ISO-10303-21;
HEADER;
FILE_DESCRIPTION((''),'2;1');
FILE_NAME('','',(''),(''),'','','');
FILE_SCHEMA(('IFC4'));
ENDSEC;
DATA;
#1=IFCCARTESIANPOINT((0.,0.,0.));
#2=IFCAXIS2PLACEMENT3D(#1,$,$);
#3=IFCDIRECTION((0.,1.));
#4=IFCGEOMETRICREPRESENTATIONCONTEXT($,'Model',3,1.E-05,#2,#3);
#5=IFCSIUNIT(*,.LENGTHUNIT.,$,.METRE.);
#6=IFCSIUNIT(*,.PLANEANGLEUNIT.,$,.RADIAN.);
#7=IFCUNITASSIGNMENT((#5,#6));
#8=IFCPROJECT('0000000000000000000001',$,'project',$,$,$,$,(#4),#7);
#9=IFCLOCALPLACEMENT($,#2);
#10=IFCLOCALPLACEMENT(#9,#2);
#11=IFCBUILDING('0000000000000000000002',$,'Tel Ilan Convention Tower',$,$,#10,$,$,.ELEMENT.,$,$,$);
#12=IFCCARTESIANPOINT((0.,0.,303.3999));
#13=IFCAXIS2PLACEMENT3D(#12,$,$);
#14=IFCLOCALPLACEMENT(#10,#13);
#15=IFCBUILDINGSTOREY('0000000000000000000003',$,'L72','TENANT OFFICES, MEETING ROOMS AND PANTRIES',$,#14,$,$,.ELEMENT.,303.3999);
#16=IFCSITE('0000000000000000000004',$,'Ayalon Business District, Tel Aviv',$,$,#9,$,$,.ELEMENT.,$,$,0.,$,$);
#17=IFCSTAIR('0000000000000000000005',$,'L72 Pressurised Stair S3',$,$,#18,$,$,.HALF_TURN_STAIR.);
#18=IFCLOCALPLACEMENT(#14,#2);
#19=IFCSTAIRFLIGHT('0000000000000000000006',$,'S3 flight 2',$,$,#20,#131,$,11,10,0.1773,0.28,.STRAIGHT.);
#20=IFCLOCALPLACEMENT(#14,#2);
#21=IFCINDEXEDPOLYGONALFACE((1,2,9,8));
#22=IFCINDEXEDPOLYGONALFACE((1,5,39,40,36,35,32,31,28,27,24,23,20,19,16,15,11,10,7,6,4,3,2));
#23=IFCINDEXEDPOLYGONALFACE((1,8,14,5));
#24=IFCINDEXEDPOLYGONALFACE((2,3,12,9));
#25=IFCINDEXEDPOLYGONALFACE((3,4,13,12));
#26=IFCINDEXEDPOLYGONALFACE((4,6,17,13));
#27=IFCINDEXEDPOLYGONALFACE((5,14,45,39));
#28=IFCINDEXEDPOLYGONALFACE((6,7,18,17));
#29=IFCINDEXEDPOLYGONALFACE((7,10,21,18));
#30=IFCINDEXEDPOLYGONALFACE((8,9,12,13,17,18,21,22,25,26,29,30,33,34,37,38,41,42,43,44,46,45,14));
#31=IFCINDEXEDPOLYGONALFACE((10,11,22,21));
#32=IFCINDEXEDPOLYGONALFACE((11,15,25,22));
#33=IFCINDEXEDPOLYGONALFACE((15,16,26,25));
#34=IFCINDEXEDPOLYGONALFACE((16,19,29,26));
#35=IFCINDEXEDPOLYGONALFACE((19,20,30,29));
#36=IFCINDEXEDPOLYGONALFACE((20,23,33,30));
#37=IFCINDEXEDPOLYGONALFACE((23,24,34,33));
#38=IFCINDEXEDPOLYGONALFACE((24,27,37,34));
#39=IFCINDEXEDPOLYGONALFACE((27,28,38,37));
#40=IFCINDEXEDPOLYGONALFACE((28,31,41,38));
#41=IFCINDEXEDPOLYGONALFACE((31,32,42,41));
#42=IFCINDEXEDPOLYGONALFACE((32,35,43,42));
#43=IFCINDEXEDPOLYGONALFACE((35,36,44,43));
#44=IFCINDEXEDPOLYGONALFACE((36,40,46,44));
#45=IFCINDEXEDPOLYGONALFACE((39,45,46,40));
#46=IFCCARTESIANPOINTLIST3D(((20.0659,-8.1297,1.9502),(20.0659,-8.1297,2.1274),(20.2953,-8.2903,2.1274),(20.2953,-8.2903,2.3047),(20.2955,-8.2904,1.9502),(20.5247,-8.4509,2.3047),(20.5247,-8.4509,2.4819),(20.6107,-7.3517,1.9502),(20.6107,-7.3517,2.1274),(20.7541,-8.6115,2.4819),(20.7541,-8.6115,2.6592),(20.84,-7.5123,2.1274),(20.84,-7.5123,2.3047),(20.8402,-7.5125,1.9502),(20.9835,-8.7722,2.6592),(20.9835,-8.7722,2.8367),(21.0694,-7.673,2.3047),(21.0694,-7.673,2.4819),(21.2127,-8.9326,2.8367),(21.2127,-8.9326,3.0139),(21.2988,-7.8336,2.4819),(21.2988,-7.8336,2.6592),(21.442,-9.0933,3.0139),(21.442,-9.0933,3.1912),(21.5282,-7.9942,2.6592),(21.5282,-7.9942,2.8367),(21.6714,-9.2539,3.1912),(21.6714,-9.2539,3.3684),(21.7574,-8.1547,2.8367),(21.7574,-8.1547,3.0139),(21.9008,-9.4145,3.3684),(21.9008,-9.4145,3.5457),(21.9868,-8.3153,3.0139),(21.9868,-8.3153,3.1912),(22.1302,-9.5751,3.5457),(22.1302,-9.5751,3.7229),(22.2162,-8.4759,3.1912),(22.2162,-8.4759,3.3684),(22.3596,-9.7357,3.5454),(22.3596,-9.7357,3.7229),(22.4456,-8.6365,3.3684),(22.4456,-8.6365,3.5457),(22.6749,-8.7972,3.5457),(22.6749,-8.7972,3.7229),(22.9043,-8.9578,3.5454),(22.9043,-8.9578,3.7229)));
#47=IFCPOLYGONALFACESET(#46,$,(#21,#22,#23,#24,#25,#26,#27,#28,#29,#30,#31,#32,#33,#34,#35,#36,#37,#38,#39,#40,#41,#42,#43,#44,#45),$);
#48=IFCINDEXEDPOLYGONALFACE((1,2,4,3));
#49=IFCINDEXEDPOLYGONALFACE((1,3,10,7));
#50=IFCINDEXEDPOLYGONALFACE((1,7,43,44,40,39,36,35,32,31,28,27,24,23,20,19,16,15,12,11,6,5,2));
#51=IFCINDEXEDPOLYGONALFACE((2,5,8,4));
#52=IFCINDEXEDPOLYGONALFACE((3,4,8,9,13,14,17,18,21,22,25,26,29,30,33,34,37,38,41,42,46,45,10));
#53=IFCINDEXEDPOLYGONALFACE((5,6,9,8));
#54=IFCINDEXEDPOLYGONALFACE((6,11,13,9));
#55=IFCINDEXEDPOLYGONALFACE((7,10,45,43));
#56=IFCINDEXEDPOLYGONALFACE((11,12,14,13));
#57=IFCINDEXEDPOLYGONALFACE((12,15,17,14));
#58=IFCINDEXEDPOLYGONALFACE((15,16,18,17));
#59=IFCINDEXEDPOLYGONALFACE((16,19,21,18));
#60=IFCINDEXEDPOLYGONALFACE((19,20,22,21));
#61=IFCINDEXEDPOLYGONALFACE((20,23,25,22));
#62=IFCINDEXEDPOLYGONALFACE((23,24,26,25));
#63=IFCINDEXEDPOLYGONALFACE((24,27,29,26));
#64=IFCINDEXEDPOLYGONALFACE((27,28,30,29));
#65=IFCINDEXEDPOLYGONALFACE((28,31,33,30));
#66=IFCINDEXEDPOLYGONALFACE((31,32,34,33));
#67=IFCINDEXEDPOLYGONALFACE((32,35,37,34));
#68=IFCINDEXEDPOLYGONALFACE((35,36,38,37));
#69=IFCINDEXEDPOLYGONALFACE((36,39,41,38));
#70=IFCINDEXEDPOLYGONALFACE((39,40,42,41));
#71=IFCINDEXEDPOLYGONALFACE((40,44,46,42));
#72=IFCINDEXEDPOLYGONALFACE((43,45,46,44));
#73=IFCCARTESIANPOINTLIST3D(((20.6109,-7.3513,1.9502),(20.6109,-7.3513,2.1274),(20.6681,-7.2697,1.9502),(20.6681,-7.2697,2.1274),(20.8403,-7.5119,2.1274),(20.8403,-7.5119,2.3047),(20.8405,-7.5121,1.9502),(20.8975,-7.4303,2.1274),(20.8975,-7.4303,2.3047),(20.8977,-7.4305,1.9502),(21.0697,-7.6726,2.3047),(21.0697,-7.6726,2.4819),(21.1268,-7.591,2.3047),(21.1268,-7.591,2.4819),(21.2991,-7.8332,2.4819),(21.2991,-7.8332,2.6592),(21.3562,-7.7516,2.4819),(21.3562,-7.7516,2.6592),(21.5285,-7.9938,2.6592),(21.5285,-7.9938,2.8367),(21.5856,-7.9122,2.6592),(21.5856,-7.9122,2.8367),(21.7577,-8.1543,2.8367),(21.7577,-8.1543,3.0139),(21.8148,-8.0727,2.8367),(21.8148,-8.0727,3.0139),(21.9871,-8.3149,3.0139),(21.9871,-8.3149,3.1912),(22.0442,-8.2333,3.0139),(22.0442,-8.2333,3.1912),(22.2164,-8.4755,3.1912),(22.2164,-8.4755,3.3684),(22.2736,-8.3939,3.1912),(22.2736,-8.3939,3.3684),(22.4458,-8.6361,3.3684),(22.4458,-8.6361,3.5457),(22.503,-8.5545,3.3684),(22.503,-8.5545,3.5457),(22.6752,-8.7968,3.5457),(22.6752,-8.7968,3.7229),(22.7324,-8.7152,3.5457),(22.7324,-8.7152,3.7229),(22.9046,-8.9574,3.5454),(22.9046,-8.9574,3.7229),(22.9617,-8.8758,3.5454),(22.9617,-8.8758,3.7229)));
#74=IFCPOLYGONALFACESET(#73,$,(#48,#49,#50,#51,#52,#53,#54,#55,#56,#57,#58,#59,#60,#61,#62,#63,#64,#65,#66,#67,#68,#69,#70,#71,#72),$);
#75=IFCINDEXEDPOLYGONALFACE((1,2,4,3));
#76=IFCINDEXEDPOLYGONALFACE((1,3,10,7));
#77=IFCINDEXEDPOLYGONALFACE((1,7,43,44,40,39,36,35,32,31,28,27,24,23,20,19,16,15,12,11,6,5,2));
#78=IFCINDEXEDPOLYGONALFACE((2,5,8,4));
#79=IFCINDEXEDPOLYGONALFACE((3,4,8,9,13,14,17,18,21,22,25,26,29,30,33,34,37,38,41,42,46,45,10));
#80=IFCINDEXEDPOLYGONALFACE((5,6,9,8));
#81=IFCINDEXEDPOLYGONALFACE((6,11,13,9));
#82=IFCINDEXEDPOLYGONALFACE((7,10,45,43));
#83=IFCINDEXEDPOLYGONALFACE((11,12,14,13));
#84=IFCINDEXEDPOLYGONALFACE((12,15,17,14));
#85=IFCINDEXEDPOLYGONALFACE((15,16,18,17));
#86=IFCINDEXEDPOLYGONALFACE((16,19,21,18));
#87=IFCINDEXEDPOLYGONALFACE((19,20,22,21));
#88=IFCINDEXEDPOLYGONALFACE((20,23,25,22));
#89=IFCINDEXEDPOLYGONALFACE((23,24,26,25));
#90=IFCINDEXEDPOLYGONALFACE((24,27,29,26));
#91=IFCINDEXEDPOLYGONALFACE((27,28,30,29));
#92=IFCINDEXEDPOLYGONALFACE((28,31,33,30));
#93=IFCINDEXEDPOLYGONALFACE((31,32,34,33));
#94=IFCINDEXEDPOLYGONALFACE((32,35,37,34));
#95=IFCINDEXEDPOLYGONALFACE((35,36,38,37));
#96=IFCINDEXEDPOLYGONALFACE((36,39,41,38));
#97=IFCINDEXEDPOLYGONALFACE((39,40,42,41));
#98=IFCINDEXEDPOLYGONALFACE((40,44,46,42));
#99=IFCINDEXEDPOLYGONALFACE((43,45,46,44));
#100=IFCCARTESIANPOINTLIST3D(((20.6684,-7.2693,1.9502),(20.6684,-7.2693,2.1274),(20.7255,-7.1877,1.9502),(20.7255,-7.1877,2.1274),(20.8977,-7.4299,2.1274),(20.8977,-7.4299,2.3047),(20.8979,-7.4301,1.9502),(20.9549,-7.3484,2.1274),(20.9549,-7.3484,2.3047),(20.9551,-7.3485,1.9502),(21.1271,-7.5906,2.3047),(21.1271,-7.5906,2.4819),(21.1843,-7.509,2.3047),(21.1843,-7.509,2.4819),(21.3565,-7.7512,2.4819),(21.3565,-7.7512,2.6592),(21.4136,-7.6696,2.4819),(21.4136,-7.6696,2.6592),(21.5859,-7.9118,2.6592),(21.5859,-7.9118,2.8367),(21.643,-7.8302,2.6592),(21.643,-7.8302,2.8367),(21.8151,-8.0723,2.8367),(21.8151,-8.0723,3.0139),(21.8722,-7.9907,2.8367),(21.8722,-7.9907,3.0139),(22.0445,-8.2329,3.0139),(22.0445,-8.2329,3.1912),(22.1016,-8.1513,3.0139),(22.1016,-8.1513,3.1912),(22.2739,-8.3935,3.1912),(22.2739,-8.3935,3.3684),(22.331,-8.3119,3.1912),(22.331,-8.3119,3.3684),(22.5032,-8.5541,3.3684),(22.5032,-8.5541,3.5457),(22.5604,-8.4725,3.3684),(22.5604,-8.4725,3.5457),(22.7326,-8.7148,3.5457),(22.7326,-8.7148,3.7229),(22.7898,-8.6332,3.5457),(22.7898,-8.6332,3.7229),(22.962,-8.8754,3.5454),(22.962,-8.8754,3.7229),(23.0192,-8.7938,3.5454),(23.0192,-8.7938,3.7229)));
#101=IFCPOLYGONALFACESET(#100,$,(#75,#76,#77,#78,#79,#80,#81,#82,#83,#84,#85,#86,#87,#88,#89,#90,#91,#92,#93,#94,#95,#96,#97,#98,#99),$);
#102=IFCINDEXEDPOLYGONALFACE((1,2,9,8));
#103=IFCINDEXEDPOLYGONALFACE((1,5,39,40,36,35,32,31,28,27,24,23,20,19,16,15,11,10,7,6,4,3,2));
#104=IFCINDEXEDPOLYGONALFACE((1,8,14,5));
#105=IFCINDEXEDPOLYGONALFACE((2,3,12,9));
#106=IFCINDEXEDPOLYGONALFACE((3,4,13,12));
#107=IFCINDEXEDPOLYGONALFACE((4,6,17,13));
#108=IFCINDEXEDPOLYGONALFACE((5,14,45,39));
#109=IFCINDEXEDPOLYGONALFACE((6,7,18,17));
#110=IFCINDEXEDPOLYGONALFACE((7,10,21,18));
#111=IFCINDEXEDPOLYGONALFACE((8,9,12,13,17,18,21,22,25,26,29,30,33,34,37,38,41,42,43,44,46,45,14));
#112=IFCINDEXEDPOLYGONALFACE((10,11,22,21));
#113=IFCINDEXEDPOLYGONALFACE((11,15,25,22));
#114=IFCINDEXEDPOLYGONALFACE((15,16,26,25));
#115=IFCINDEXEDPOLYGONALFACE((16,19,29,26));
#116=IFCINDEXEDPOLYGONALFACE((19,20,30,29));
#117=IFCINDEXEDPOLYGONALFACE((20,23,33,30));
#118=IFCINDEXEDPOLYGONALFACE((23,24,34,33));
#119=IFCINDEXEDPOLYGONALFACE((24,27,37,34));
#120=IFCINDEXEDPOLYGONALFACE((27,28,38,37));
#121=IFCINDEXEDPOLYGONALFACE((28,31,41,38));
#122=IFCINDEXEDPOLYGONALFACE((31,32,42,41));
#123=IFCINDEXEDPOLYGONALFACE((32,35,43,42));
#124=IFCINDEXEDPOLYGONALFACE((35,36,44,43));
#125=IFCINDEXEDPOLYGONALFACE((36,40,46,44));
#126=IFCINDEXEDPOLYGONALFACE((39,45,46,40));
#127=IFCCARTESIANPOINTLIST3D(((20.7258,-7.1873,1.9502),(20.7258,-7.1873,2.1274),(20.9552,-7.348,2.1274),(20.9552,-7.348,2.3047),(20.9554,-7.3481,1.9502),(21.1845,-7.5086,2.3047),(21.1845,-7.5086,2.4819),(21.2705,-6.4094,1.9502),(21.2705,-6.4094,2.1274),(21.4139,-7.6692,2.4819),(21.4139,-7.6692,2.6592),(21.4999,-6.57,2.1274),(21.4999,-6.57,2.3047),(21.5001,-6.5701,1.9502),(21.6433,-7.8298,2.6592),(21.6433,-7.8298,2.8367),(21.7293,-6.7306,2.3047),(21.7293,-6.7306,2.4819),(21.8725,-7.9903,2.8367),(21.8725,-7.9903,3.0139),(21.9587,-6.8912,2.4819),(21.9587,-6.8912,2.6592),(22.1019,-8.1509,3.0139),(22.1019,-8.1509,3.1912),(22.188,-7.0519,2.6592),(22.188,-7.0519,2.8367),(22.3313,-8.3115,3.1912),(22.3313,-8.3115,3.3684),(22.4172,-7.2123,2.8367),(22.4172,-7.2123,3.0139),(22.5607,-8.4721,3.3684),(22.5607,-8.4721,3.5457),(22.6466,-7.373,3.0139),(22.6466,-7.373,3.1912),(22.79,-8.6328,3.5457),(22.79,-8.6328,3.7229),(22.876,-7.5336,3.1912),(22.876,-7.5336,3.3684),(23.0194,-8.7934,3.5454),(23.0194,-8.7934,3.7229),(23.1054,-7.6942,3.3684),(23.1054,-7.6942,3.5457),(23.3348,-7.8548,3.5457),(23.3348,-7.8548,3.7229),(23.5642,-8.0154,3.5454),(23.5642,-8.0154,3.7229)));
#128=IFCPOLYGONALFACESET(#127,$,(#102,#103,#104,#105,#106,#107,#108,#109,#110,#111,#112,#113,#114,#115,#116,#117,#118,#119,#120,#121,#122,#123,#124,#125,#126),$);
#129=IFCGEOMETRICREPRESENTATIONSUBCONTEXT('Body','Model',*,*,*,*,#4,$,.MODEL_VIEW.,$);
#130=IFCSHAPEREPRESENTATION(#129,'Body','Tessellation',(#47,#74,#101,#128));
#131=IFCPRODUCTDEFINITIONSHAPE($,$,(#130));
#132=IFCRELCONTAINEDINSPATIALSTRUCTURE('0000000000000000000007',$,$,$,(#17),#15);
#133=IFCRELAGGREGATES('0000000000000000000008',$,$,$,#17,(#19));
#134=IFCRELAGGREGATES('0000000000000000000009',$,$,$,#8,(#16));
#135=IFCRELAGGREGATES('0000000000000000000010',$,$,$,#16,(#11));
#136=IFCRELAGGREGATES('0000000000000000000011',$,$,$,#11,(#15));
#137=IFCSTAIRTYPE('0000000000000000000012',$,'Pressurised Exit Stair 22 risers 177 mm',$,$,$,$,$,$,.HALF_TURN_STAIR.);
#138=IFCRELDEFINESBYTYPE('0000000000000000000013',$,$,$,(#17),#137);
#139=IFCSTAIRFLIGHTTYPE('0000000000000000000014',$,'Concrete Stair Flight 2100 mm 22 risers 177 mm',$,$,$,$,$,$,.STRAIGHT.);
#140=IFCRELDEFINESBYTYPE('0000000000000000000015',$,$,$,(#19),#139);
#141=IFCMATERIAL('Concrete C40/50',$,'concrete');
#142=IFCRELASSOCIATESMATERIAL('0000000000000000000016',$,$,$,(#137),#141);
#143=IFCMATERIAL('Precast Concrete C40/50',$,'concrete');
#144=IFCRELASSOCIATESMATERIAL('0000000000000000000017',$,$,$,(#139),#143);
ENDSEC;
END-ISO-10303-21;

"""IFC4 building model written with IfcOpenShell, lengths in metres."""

from ifc_helpers import new_model, si_unit, direction, frame, origin, place, context, subcontext, project, spatial, polyline, outline, extrude, material, type_object, element, aggregate, save


model = new_model("IFC4")

# Units and contexts
model_context = context("Model", 3, precision=1e-05, world=origin(), true_north=direction((0.0, 1.0)))
body_context = subcontext(model_context, "Body", "Model", "MODEL_VIEW")
ifc_project = project(units=[si_unit("LENGTHUNIT", "METRE"), si_unit("PLANEANGLEUNIT", "RADIAN")], contexts=[model_context])

# Site, building, storey
site_placement = place(None, origin())
site = spatial("IfcSite", under=ifc_project, at=site_placement, Name="Ayalon Business District, Tel Aviv", CompositionType="ELEMENT", RefElevation=0.0)
building_placement = place(site_placement, origin())
building = spatial("IfcBuilding", under=site, at=building_placement, Name="Tel Ilan Convention Tower", CompositionType="ELEMENT")
storey_placement = place(building_placement, frame((0.0, 0.0, 303.3999)))
storey = spatial("IfcBuildingStorey", under=building, at=storey_placement, Name="L72", Description="TENANT OFFICES, MEETING ROOMS AND PANTRIES", CompositionType="ELEMENT", Elevation=303.3999)

# Stair, stair flight
ifc_material_1 = material(Name="Concrete C40/50", Category="concrete")
stair_type = type_object("IfcStairType", Name="Pressurised Exit Stair 22 risers 177 mm", PredefinedType="HALF_TURN_STAIR", material=ifc_material_1)
stair_1_placement = place(storey_placement, origin())
stair_1 = element("IfcStair", 1, at=stair_1_placement, inside=storey, type_object=stair_type, Name="L72 Pressurised Stair S3", PredefinedType="HALF_TURN_STAIR")
ifc_material_2 = material(Name="Precast Concrete C40/50", Category="concrete")
stair_flight_type = type_object("IfcStairFlightType", Name="Concrete Stair Flight 2100 mm 22 risers 177 mm", PredefinedType="STRAIGHT", material=ifc_material_2)
stair_flight_1_placement = place(storey_placement, frame((20.6682, -7.2695, 1.9502), z_axis=(0.0, 0.0, 1.0), x_axis=(0.819152, -0.573576, 0.0)))
stair_flight_1 = element("IfcStairFlight", 2, at=stair_flight_1_placement, type_object=stair_flight_type, Name="S3 flight 2", NumberOfRisers=11, NumberOfTreads=10, PredefinedType="STRAIGHT", RiserHeight=0.1773, TreadLength=0.28, context=body_context, shape_type="SweptSolid", body=[
    extrude(outline(polyline([(0.0, 0.0), (0.0, 0.1772), (0.28, 0.1772), (0.28, 0.3545), (0.5601, 0.3545), (0.5601, 0.5317), (0.8401, 0.5317), (0.8401, 0.709), (1.1201, 0.709), (1.1201, 0.8865), (1.3999, 0.8865), (1.3999, 1.0637), (1.6799, 1.0637), (1.6799, 1.241), (1.96, 1.241), (1.96, 1.4182), (2.24, 1.4182), (2.24, 1.5955), (2.52, 1.5955), (2.52, 1.7727), (2.8, 1.7727), (2.8, 1.95), (2.8, 1.5952), (0.2803, 0.0), (0.0, 0.0)])), frame((0.0, -0.1003, 0.0), z_axis=(0.0, -1.0, 0.0), x_axis=(1.0, 0.0, 0.0)), (0.0, 0.0, 1.0), 0.9497),
    extrude(outline(polyline([(0.0, 0.0), (0.0, 0.1772), (0.28, 0.1772), (0.28, 0.3545), (0.5601, 0.3545), (0.5601, 0.5317), (0.8401, 0.5317), (0.8401, 0.709), (1.1201, 0.709), (1.1201, 0.8865), (1.3999, 0.8865), (1.3999, 1.0637), (1.6799, 1.0637), (1.6799, 1.241), (1.96, 1.241), (1.96, 1.4182), (2.24, 1.4182), (2.24, 1.5955), (2.52, 1.5955), (2.52, 1.7727), (2.8, 1.7727), (2.8, 1.95), (2.8, 1.5952), (0.2803, 0.0), (0.0, 0.0)])), frame((0.0, -0.0002, 0.0), z_axis=(0.0, -1.0, 0.0), x_axis=(1.0, 0.0, 0.0)), (0.0, 0.0, 1.0), 0.0996),
    extrude(outline(polyline([(0.0, 0.0), (0.0, 0.1772), (0.28, 0.1772), (0.28, 0.3545), (0.5601, 0.3545), (0.5601, 0.5317), (0.8401, 0.5317), (0.8401, 0.709), (1.1201, 0.709), (1.1201, 0.8865), (1.3999, 0.8865), (1.3999, 1.0637), (1.6799, 1.0637), (1.6799, 1.241), (1.96, 1.241), (1.96, 1.4182), (2.24, 1.4182), (2.24, 1.5955), (2.52, 1.5955), (2.52, 1.7727), (2.8, 1.7727), (2.8, 1.95), (2.8, 1.5952), (0.2803, 0.0), (0.0, 0.0)])), frame((0.0, 0.0999, 0.0), z_axis=(0.0, -1.0, 0.0), x_axis=(1.0, 0.0, 0.0)), (0.0, 0.0, 1.0), 0.0996),
    extrude(outline(polyline([(0.0, 0.0), (0.0, 0.1772), (0.28, 0.1772), (0.28, 0.3545), (0.5601, 0.3545), (0.5601, 0.5317), (0.8401, 0.5317), (0.8401, 0.709), (1.1201, 0.709), (1.1201, 0.8865), (1.3999, 0.8865), (1.3999, 1.0637), (1.6799, 1.0637), (1.6799, 1.241), (1.96, 1.241), (1.96, 1.4182), (2.24, 1.4182), (2.24, 1.5955), (2.52, 1.5955), (2.52, 1.7727), (2.8, 1.7727), (2.8, 1.95), (2.8, 1.5952), (0.2803, 0.0), (0.0, 0.0)])), frame((0.0, 1.05, 0.0), z_axis=(0.0, -1.0, 0.0), x_axis=(1.0, 0.0, 0.0)), (0.0, 0.0, 1.0), 0.9497),
])
aggregate(stair_1, [stair_flight_1])

save(model, "model.ifc")
